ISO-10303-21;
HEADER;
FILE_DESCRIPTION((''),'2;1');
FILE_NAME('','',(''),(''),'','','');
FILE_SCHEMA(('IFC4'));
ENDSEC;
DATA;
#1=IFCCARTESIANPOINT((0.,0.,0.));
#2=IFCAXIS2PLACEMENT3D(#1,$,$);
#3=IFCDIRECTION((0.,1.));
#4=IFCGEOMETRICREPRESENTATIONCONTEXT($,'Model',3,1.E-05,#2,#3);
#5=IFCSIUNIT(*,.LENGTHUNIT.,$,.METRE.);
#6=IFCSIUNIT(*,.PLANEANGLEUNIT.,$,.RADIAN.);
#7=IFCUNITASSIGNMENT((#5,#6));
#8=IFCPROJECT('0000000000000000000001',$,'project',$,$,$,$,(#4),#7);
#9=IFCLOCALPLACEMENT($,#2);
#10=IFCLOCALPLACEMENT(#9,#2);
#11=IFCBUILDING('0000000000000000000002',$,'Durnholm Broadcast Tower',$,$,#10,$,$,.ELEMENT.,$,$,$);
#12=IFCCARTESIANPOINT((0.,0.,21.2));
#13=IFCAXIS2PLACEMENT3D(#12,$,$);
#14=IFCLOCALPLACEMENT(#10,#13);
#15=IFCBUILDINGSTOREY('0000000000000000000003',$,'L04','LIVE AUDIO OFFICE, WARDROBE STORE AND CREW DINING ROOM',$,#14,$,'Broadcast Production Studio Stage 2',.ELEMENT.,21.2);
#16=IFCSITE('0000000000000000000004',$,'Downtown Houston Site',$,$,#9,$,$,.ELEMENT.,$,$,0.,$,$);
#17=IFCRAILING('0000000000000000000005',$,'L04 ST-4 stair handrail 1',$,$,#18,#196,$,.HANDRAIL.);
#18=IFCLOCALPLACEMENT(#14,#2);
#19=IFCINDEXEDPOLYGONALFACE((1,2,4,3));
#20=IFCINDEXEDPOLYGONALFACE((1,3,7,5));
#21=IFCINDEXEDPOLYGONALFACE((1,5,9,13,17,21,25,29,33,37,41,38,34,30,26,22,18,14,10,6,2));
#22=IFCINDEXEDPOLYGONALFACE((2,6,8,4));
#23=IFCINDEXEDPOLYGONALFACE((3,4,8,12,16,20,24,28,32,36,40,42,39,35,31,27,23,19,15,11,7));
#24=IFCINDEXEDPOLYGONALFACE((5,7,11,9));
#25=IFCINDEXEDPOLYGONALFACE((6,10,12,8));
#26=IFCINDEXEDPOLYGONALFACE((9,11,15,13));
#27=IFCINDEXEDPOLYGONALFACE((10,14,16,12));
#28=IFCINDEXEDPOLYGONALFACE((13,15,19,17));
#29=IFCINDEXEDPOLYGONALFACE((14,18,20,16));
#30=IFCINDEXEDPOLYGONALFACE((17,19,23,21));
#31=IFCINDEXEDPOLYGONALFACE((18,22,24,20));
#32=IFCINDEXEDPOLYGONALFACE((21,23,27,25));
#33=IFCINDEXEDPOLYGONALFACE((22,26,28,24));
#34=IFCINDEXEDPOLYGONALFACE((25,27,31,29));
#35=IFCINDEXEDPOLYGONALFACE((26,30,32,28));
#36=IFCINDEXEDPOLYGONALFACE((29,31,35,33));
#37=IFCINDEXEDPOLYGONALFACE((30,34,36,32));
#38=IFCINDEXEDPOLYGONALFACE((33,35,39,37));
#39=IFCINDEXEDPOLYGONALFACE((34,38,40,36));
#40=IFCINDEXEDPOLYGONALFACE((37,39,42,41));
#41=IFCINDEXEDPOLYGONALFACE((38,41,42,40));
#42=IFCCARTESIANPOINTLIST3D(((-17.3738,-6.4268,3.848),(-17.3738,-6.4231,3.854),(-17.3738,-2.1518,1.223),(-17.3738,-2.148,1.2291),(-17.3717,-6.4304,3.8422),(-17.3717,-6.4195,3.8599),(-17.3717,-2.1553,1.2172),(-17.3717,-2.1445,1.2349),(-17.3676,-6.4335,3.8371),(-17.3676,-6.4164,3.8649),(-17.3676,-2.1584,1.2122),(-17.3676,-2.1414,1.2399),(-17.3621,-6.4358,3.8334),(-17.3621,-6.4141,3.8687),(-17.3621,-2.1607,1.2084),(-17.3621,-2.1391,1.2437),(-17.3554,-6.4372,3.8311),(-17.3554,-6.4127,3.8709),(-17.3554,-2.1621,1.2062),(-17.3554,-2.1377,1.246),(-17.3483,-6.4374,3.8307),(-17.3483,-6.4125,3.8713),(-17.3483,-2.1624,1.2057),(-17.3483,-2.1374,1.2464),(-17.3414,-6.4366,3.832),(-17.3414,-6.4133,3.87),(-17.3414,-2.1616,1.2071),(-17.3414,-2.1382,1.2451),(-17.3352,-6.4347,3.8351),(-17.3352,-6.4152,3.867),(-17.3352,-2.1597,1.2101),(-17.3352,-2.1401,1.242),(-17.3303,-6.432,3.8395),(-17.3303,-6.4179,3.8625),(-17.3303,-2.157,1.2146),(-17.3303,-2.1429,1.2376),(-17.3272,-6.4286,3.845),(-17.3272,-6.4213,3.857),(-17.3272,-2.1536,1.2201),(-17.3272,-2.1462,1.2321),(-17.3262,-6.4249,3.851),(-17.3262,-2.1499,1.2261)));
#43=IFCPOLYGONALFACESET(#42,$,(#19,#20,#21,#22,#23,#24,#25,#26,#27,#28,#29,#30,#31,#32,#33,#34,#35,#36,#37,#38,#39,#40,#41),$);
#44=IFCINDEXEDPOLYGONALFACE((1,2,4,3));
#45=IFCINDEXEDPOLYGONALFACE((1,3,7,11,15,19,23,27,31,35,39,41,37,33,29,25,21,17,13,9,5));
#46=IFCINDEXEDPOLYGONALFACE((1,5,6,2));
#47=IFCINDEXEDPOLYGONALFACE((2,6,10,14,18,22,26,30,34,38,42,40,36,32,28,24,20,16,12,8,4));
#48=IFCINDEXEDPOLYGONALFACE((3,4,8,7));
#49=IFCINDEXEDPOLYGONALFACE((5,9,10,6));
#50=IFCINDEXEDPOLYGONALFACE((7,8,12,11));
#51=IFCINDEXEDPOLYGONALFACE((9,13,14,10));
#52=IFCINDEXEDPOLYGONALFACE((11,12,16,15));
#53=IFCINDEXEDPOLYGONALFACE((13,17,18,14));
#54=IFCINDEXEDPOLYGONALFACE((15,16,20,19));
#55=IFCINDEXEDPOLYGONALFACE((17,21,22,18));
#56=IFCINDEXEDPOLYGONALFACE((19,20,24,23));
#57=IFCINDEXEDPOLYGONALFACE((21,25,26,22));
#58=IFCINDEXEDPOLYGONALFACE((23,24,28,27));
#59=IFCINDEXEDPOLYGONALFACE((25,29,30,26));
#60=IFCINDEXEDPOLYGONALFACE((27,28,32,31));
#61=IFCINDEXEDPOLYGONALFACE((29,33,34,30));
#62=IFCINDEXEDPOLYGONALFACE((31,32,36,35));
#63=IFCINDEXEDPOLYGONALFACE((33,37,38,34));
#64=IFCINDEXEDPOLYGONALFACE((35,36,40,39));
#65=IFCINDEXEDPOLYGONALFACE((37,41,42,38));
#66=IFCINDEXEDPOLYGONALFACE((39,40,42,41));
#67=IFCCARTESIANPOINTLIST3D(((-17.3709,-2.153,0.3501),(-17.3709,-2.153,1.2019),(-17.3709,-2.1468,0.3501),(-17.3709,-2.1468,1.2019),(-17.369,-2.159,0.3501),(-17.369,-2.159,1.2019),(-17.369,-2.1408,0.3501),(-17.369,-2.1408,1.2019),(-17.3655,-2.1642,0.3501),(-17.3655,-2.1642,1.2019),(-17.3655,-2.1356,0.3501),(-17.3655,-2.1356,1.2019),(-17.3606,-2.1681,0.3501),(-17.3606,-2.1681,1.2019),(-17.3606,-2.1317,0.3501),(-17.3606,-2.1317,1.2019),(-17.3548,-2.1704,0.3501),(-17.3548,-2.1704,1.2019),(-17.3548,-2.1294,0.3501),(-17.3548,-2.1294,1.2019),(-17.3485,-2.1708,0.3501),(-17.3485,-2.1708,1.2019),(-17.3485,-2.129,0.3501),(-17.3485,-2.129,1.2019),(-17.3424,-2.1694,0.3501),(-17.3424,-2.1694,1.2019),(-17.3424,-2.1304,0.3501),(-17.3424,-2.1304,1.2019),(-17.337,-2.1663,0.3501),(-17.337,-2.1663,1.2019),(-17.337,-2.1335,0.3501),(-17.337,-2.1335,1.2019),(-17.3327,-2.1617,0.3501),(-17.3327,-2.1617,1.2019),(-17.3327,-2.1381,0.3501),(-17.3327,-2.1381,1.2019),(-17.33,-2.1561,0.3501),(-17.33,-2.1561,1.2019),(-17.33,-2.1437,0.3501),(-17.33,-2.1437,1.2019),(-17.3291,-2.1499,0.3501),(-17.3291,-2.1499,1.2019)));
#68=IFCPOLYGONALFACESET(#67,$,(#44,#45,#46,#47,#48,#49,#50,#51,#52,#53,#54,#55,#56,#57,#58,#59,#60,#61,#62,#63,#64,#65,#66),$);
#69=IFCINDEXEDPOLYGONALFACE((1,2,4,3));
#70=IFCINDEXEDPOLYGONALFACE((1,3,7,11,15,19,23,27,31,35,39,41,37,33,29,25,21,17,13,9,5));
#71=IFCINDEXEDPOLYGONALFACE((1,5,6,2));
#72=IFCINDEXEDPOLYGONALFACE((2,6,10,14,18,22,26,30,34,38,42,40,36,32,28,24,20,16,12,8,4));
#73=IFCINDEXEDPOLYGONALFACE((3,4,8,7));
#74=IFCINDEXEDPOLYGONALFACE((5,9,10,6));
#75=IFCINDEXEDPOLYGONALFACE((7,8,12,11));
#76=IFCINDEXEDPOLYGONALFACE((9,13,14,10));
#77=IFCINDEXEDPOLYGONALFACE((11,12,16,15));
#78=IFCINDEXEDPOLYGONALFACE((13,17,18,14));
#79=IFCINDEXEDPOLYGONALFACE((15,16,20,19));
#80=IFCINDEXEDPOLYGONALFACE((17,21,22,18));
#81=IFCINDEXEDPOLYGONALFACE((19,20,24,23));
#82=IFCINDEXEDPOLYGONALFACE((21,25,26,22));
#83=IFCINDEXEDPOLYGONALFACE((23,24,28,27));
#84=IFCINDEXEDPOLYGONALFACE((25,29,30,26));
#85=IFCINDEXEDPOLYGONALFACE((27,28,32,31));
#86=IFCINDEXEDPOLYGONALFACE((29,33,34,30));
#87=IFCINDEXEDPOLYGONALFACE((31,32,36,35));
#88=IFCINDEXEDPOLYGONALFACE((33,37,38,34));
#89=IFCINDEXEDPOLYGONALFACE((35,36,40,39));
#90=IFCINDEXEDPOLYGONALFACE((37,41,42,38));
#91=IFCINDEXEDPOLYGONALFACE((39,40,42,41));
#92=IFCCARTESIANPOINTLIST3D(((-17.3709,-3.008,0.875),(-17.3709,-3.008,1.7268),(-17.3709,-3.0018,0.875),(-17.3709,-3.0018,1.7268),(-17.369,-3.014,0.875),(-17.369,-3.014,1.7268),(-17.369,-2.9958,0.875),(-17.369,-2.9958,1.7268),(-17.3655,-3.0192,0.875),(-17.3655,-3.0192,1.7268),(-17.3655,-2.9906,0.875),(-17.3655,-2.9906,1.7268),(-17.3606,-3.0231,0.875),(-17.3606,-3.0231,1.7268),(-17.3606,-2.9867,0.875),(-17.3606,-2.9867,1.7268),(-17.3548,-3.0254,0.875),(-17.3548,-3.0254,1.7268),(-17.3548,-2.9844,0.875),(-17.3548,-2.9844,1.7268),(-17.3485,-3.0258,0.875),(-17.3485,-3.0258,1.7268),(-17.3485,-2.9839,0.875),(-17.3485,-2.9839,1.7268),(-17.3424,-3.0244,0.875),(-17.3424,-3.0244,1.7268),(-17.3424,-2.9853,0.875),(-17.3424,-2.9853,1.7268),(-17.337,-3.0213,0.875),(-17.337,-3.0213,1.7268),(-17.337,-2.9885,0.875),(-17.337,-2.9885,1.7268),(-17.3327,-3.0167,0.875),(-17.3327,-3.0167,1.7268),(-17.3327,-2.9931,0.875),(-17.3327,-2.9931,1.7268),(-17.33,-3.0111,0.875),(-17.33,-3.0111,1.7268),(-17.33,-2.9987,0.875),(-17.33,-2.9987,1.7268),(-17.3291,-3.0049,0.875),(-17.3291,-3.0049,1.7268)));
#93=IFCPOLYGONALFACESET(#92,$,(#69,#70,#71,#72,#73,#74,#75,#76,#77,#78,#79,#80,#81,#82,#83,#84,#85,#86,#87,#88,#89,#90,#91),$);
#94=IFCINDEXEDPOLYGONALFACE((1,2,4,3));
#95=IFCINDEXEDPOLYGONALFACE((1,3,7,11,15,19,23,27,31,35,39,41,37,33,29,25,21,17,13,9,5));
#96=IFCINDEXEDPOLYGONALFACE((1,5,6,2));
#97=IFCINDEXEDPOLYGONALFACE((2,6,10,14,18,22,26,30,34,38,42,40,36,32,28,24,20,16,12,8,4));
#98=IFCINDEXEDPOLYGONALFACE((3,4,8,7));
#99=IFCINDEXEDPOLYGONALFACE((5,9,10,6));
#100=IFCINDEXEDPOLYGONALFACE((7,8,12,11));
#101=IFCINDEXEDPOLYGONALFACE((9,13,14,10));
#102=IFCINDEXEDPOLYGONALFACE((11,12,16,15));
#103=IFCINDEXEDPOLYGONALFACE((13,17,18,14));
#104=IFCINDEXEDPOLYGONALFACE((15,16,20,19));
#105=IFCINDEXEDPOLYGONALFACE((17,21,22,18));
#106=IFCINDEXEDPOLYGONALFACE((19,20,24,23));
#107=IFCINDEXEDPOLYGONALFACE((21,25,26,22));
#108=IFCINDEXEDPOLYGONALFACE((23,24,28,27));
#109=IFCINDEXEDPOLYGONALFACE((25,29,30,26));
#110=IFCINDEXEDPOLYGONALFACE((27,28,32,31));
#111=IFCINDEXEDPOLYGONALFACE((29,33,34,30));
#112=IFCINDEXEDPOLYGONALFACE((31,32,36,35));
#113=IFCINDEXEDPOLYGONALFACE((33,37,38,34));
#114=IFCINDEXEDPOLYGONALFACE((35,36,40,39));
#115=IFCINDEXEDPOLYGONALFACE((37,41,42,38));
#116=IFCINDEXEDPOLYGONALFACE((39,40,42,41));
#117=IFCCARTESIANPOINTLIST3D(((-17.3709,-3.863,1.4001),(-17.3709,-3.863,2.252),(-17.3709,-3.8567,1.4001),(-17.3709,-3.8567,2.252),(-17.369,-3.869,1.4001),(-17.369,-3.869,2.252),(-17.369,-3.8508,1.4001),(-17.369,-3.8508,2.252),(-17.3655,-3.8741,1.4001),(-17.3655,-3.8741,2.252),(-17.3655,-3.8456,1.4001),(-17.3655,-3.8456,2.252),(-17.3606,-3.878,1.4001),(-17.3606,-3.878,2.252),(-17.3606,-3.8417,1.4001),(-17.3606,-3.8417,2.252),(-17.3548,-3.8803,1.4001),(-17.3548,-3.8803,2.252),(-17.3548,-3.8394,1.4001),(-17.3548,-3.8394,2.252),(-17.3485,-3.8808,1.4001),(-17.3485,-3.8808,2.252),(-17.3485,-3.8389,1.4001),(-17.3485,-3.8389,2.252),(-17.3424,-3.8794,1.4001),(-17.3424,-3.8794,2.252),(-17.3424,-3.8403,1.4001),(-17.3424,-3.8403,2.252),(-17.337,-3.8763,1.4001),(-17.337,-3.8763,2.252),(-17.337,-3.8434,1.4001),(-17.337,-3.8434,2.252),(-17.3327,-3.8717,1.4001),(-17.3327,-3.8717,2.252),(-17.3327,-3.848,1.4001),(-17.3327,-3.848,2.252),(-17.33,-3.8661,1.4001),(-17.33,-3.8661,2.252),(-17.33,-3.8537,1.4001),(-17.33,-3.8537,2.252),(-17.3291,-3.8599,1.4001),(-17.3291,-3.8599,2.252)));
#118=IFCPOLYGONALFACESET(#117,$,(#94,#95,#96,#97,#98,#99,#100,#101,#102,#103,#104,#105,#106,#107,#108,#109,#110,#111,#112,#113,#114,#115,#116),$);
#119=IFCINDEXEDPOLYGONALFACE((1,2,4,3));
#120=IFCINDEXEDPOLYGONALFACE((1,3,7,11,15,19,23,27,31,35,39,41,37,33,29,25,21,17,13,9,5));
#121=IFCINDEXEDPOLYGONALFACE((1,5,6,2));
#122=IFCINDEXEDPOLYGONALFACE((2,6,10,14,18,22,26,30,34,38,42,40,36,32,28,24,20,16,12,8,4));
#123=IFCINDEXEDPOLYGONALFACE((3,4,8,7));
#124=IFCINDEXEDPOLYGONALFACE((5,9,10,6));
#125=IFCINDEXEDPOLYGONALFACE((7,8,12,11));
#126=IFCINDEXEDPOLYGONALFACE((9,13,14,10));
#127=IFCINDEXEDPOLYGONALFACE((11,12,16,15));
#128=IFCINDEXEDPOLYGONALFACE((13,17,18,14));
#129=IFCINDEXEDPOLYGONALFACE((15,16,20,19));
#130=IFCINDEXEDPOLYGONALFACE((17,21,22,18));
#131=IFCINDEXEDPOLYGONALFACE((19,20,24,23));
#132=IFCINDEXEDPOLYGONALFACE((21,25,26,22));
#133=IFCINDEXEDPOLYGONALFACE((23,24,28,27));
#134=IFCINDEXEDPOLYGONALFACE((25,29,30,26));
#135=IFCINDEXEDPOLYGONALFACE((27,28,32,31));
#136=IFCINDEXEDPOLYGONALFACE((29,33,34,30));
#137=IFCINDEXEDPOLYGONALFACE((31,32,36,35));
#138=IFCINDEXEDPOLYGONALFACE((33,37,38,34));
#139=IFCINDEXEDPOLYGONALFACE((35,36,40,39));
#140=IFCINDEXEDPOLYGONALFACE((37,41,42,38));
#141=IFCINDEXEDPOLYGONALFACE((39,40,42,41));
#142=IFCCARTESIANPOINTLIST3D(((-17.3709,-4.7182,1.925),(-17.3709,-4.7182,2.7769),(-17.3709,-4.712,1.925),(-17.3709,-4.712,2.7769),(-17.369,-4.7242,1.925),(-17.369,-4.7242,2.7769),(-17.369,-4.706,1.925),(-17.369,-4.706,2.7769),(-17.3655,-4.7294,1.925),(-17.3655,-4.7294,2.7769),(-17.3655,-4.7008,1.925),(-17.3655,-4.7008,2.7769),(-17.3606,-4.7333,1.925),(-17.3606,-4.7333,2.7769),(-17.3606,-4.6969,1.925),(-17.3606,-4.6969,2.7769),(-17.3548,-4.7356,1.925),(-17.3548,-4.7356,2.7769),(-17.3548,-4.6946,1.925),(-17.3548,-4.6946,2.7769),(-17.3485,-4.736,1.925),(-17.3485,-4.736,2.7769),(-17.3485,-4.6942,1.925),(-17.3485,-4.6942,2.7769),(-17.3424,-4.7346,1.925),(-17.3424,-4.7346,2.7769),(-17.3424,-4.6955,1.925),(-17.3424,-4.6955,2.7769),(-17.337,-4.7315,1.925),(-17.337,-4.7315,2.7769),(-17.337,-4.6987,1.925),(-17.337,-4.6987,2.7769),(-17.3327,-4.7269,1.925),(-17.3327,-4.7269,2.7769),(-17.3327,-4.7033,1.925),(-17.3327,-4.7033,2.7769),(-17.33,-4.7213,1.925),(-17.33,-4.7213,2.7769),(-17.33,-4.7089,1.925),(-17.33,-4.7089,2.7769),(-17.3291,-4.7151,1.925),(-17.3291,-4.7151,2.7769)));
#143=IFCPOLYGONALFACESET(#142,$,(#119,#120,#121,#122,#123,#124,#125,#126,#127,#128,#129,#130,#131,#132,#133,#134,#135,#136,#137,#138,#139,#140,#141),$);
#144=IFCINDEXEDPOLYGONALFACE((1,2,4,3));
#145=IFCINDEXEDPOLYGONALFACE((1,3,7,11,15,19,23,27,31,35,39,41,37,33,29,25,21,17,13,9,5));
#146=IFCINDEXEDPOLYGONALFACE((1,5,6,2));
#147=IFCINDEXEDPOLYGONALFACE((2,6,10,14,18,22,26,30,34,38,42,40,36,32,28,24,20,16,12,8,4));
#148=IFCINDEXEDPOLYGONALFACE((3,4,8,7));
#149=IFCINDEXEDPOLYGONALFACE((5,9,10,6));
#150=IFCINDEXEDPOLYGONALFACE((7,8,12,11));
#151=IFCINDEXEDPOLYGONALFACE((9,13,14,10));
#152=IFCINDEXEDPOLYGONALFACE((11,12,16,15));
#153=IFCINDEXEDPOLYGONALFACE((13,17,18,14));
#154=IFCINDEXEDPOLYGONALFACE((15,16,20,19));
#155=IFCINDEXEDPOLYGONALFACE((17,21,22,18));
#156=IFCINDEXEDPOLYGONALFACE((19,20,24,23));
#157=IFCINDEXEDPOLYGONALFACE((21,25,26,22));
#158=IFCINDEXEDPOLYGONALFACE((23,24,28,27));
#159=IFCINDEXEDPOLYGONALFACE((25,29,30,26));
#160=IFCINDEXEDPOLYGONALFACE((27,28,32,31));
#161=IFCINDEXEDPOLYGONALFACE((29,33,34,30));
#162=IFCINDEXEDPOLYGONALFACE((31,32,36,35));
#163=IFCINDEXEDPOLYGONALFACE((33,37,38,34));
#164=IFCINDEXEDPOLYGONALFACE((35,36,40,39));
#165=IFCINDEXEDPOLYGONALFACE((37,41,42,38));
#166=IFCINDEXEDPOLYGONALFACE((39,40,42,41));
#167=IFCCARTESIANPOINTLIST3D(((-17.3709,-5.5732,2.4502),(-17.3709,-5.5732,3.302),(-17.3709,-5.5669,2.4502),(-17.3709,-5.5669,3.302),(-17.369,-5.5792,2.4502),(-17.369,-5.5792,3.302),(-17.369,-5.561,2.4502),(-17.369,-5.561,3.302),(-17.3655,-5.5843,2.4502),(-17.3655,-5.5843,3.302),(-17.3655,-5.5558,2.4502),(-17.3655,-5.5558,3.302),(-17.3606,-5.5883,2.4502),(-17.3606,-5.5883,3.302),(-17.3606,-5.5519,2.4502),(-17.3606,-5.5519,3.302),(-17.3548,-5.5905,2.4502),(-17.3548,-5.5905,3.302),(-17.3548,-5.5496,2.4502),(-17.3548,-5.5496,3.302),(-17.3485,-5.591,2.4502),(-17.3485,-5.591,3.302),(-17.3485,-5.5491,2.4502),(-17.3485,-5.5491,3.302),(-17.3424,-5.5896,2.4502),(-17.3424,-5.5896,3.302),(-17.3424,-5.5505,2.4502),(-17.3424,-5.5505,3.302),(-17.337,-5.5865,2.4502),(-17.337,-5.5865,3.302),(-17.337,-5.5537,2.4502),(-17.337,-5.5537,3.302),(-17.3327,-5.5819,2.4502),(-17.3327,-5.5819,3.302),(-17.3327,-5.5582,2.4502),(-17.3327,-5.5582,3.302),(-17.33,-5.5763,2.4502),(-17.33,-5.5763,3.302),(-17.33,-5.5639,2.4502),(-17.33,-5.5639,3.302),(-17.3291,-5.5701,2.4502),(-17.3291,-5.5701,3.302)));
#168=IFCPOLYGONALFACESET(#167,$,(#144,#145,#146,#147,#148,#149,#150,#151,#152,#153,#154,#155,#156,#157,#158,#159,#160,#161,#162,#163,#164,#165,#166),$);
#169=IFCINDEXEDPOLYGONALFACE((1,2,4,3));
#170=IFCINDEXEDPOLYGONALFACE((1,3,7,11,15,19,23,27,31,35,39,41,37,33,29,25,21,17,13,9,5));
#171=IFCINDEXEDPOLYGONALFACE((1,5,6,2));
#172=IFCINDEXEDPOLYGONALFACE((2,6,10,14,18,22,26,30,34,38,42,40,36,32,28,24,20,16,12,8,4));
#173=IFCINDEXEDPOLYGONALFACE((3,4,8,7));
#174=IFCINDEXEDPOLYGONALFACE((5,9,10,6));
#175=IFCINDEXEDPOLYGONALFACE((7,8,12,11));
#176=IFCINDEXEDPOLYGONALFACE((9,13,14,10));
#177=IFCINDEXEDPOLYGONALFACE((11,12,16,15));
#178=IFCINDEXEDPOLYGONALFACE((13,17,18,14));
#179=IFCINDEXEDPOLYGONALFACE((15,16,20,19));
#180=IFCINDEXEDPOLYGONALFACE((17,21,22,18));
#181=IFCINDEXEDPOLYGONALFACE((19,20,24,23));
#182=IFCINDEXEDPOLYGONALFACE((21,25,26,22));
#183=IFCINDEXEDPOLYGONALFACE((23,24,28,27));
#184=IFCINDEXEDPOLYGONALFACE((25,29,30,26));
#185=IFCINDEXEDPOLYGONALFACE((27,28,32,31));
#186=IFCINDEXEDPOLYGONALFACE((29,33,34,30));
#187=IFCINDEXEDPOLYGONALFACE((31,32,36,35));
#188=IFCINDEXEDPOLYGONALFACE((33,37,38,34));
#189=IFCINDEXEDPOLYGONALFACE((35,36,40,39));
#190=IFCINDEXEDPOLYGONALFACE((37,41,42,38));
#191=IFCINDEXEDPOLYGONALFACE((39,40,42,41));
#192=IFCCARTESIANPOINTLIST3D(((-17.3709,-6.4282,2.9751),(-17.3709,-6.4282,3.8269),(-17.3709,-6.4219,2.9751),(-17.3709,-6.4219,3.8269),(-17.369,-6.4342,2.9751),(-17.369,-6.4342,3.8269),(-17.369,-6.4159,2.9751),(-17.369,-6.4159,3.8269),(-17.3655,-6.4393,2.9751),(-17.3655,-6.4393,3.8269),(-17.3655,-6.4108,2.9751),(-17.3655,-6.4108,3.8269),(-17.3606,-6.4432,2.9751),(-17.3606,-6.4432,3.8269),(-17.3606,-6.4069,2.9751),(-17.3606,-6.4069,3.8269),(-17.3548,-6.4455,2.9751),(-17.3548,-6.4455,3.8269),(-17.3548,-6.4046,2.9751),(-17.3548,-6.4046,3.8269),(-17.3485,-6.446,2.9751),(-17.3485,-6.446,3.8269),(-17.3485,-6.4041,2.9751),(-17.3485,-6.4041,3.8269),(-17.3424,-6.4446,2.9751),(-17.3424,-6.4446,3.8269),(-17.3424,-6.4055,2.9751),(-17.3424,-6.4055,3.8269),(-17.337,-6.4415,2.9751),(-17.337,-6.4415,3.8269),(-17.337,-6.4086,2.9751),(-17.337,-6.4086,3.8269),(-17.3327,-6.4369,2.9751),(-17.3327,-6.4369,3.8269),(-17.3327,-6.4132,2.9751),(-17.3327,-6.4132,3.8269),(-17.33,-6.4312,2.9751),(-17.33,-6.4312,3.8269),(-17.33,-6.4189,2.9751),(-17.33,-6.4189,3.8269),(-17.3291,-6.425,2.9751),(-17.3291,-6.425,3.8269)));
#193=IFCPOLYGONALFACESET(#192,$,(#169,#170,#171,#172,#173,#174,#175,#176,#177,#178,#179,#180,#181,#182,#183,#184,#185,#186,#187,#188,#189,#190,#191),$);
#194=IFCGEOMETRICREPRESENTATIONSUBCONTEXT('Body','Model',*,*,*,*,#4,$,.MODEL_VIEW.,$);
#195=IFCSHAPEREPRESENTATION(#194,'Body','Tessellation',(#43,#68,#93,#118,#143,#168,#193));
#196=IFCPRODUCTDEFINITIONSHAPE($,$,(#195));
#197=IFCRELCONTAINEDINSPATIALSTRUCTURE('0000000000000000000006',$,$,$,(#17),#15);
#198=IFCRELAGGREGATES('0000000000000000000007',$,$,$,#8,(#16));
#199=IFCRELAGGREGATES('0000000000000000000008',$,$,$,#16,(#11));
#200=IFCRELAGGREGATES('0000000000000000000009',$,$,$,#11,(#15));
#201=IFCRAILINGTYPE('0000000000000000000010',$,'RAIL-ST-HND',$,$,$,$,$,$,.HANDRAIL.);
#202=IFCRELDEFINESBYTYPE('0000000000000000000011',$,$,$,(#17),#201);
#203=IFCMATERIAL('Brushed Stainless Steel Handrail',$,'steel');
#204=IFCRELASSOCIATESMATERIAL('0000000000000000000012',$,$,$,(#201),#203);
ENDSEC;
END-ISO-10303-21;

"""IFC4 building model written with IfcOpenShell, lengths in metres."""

from ifc_helpers import new_model, si_unit, direction, frame, origin, origin_2d, place, context, subcontext, project, spatial, circle, extrude, material, type_object, element, save


model = new_model("IFC4")

# Units and contexts
model_context = context("Model", 3, precision=1e-05, world=origin(), true_north=direction((0.0, 1.0)))
body_context = subcontext(model_context, "Body", "Model", "MODEL_VIEW")
ifc_project = project(units=[si_unit("LENGTHUNIT", "METRE"), si_unit("PLANEANGLEUNIT", "RADIAN")], contexts=[model_context])

# Site, building, storey
site_placement = place(None, origin())
site = spatial("IfcSite", under=ifc_project, at=site_placement, Name="Downtown Houston Site", CompositionType="ELEMENT", RefElevation=0.0)
building_placement = place(site_placement, origin())
building = spatial("IfcBuilding", under=site, at=building_placement, Name="Durnholm Broadcast Tower", CompositionType="ELEMENT")
storey_placement = place(building_placement, frame((0.0, 0.0, 21.2)))
storey = spatial("IfcBuildingStorey", under=building, at=storey_placement, Name="L04", Description="LIVE AUDIO OFFICE, WARDROBE STORE AND CREW DINING ROOM", LongName="Broadcast Production Studio Stage 2", CompositionType="ELEMENT", Elevation=21.2)

# Railing
ifc_material_1 = material(Name="Brushed Stainless Steel Handrail", Category="steel")
railing_type_1 = type_object("IfcRailingType", Name="RAIL-ST-HND", PredefinedType="HANDRAIL", material=ifc_material_1)
railing_1_placement = place(storey_placement, frame((-17.3501, -2.1499, 0.3501)))
element("IfcRailing", 1, at=railing_1_placement, inside=storey, type_object=railing_type_1, Name="L04 ST-4 stair handrail 1", PredefinedType="HANDRAIL", context=body_context, shape_type="SweptSolid", body=[
    extrude(circle(Radius=0.0239, at=origin_2d()), frame((0.0, 0.0, 0.876), z_axis=(0.0, -0.852179, 0.52325), x_axis=(1.0, 0.0, 0.0)), (0.0, 0.0, 1.0), 5.0166),
    extrude(circle(Radius=0.021, at=origin_2d()), origin(), (0.0, 0.0, 1.0), 0.8518),
    extrude(circle(Radius=0.021, at=origin_2d()), frame((0.0, -0.855, 0.5249)), (0.0, 0.0, 1.0), 0.8518),
    extrude(circle(Radius=0.021, at=origin_2d()), frame((0.0, -1.71, 1.05)), (0.0, 0.0, 1.0), 0.8518),
    extrude(circle(Radius=0.021, at=origin_2d()), frame((0.0, -2.5652, 1.575)), (0.0, 0.0, 1.0), 0.8518),
    extrude(circle(Radius=0.021, at=origin_2d()), frame((0.0, -3.4202, 2.1001)), (0.0, 0.0, 1.0), 0.8518),
    extrude(circle(Radius=0.021, at=origin_2d()), frame((0.0, -4.2751, 2.625)), (0.0, 0.0, 1.0), 0.8518),
])

save(model, "model.ifc")
